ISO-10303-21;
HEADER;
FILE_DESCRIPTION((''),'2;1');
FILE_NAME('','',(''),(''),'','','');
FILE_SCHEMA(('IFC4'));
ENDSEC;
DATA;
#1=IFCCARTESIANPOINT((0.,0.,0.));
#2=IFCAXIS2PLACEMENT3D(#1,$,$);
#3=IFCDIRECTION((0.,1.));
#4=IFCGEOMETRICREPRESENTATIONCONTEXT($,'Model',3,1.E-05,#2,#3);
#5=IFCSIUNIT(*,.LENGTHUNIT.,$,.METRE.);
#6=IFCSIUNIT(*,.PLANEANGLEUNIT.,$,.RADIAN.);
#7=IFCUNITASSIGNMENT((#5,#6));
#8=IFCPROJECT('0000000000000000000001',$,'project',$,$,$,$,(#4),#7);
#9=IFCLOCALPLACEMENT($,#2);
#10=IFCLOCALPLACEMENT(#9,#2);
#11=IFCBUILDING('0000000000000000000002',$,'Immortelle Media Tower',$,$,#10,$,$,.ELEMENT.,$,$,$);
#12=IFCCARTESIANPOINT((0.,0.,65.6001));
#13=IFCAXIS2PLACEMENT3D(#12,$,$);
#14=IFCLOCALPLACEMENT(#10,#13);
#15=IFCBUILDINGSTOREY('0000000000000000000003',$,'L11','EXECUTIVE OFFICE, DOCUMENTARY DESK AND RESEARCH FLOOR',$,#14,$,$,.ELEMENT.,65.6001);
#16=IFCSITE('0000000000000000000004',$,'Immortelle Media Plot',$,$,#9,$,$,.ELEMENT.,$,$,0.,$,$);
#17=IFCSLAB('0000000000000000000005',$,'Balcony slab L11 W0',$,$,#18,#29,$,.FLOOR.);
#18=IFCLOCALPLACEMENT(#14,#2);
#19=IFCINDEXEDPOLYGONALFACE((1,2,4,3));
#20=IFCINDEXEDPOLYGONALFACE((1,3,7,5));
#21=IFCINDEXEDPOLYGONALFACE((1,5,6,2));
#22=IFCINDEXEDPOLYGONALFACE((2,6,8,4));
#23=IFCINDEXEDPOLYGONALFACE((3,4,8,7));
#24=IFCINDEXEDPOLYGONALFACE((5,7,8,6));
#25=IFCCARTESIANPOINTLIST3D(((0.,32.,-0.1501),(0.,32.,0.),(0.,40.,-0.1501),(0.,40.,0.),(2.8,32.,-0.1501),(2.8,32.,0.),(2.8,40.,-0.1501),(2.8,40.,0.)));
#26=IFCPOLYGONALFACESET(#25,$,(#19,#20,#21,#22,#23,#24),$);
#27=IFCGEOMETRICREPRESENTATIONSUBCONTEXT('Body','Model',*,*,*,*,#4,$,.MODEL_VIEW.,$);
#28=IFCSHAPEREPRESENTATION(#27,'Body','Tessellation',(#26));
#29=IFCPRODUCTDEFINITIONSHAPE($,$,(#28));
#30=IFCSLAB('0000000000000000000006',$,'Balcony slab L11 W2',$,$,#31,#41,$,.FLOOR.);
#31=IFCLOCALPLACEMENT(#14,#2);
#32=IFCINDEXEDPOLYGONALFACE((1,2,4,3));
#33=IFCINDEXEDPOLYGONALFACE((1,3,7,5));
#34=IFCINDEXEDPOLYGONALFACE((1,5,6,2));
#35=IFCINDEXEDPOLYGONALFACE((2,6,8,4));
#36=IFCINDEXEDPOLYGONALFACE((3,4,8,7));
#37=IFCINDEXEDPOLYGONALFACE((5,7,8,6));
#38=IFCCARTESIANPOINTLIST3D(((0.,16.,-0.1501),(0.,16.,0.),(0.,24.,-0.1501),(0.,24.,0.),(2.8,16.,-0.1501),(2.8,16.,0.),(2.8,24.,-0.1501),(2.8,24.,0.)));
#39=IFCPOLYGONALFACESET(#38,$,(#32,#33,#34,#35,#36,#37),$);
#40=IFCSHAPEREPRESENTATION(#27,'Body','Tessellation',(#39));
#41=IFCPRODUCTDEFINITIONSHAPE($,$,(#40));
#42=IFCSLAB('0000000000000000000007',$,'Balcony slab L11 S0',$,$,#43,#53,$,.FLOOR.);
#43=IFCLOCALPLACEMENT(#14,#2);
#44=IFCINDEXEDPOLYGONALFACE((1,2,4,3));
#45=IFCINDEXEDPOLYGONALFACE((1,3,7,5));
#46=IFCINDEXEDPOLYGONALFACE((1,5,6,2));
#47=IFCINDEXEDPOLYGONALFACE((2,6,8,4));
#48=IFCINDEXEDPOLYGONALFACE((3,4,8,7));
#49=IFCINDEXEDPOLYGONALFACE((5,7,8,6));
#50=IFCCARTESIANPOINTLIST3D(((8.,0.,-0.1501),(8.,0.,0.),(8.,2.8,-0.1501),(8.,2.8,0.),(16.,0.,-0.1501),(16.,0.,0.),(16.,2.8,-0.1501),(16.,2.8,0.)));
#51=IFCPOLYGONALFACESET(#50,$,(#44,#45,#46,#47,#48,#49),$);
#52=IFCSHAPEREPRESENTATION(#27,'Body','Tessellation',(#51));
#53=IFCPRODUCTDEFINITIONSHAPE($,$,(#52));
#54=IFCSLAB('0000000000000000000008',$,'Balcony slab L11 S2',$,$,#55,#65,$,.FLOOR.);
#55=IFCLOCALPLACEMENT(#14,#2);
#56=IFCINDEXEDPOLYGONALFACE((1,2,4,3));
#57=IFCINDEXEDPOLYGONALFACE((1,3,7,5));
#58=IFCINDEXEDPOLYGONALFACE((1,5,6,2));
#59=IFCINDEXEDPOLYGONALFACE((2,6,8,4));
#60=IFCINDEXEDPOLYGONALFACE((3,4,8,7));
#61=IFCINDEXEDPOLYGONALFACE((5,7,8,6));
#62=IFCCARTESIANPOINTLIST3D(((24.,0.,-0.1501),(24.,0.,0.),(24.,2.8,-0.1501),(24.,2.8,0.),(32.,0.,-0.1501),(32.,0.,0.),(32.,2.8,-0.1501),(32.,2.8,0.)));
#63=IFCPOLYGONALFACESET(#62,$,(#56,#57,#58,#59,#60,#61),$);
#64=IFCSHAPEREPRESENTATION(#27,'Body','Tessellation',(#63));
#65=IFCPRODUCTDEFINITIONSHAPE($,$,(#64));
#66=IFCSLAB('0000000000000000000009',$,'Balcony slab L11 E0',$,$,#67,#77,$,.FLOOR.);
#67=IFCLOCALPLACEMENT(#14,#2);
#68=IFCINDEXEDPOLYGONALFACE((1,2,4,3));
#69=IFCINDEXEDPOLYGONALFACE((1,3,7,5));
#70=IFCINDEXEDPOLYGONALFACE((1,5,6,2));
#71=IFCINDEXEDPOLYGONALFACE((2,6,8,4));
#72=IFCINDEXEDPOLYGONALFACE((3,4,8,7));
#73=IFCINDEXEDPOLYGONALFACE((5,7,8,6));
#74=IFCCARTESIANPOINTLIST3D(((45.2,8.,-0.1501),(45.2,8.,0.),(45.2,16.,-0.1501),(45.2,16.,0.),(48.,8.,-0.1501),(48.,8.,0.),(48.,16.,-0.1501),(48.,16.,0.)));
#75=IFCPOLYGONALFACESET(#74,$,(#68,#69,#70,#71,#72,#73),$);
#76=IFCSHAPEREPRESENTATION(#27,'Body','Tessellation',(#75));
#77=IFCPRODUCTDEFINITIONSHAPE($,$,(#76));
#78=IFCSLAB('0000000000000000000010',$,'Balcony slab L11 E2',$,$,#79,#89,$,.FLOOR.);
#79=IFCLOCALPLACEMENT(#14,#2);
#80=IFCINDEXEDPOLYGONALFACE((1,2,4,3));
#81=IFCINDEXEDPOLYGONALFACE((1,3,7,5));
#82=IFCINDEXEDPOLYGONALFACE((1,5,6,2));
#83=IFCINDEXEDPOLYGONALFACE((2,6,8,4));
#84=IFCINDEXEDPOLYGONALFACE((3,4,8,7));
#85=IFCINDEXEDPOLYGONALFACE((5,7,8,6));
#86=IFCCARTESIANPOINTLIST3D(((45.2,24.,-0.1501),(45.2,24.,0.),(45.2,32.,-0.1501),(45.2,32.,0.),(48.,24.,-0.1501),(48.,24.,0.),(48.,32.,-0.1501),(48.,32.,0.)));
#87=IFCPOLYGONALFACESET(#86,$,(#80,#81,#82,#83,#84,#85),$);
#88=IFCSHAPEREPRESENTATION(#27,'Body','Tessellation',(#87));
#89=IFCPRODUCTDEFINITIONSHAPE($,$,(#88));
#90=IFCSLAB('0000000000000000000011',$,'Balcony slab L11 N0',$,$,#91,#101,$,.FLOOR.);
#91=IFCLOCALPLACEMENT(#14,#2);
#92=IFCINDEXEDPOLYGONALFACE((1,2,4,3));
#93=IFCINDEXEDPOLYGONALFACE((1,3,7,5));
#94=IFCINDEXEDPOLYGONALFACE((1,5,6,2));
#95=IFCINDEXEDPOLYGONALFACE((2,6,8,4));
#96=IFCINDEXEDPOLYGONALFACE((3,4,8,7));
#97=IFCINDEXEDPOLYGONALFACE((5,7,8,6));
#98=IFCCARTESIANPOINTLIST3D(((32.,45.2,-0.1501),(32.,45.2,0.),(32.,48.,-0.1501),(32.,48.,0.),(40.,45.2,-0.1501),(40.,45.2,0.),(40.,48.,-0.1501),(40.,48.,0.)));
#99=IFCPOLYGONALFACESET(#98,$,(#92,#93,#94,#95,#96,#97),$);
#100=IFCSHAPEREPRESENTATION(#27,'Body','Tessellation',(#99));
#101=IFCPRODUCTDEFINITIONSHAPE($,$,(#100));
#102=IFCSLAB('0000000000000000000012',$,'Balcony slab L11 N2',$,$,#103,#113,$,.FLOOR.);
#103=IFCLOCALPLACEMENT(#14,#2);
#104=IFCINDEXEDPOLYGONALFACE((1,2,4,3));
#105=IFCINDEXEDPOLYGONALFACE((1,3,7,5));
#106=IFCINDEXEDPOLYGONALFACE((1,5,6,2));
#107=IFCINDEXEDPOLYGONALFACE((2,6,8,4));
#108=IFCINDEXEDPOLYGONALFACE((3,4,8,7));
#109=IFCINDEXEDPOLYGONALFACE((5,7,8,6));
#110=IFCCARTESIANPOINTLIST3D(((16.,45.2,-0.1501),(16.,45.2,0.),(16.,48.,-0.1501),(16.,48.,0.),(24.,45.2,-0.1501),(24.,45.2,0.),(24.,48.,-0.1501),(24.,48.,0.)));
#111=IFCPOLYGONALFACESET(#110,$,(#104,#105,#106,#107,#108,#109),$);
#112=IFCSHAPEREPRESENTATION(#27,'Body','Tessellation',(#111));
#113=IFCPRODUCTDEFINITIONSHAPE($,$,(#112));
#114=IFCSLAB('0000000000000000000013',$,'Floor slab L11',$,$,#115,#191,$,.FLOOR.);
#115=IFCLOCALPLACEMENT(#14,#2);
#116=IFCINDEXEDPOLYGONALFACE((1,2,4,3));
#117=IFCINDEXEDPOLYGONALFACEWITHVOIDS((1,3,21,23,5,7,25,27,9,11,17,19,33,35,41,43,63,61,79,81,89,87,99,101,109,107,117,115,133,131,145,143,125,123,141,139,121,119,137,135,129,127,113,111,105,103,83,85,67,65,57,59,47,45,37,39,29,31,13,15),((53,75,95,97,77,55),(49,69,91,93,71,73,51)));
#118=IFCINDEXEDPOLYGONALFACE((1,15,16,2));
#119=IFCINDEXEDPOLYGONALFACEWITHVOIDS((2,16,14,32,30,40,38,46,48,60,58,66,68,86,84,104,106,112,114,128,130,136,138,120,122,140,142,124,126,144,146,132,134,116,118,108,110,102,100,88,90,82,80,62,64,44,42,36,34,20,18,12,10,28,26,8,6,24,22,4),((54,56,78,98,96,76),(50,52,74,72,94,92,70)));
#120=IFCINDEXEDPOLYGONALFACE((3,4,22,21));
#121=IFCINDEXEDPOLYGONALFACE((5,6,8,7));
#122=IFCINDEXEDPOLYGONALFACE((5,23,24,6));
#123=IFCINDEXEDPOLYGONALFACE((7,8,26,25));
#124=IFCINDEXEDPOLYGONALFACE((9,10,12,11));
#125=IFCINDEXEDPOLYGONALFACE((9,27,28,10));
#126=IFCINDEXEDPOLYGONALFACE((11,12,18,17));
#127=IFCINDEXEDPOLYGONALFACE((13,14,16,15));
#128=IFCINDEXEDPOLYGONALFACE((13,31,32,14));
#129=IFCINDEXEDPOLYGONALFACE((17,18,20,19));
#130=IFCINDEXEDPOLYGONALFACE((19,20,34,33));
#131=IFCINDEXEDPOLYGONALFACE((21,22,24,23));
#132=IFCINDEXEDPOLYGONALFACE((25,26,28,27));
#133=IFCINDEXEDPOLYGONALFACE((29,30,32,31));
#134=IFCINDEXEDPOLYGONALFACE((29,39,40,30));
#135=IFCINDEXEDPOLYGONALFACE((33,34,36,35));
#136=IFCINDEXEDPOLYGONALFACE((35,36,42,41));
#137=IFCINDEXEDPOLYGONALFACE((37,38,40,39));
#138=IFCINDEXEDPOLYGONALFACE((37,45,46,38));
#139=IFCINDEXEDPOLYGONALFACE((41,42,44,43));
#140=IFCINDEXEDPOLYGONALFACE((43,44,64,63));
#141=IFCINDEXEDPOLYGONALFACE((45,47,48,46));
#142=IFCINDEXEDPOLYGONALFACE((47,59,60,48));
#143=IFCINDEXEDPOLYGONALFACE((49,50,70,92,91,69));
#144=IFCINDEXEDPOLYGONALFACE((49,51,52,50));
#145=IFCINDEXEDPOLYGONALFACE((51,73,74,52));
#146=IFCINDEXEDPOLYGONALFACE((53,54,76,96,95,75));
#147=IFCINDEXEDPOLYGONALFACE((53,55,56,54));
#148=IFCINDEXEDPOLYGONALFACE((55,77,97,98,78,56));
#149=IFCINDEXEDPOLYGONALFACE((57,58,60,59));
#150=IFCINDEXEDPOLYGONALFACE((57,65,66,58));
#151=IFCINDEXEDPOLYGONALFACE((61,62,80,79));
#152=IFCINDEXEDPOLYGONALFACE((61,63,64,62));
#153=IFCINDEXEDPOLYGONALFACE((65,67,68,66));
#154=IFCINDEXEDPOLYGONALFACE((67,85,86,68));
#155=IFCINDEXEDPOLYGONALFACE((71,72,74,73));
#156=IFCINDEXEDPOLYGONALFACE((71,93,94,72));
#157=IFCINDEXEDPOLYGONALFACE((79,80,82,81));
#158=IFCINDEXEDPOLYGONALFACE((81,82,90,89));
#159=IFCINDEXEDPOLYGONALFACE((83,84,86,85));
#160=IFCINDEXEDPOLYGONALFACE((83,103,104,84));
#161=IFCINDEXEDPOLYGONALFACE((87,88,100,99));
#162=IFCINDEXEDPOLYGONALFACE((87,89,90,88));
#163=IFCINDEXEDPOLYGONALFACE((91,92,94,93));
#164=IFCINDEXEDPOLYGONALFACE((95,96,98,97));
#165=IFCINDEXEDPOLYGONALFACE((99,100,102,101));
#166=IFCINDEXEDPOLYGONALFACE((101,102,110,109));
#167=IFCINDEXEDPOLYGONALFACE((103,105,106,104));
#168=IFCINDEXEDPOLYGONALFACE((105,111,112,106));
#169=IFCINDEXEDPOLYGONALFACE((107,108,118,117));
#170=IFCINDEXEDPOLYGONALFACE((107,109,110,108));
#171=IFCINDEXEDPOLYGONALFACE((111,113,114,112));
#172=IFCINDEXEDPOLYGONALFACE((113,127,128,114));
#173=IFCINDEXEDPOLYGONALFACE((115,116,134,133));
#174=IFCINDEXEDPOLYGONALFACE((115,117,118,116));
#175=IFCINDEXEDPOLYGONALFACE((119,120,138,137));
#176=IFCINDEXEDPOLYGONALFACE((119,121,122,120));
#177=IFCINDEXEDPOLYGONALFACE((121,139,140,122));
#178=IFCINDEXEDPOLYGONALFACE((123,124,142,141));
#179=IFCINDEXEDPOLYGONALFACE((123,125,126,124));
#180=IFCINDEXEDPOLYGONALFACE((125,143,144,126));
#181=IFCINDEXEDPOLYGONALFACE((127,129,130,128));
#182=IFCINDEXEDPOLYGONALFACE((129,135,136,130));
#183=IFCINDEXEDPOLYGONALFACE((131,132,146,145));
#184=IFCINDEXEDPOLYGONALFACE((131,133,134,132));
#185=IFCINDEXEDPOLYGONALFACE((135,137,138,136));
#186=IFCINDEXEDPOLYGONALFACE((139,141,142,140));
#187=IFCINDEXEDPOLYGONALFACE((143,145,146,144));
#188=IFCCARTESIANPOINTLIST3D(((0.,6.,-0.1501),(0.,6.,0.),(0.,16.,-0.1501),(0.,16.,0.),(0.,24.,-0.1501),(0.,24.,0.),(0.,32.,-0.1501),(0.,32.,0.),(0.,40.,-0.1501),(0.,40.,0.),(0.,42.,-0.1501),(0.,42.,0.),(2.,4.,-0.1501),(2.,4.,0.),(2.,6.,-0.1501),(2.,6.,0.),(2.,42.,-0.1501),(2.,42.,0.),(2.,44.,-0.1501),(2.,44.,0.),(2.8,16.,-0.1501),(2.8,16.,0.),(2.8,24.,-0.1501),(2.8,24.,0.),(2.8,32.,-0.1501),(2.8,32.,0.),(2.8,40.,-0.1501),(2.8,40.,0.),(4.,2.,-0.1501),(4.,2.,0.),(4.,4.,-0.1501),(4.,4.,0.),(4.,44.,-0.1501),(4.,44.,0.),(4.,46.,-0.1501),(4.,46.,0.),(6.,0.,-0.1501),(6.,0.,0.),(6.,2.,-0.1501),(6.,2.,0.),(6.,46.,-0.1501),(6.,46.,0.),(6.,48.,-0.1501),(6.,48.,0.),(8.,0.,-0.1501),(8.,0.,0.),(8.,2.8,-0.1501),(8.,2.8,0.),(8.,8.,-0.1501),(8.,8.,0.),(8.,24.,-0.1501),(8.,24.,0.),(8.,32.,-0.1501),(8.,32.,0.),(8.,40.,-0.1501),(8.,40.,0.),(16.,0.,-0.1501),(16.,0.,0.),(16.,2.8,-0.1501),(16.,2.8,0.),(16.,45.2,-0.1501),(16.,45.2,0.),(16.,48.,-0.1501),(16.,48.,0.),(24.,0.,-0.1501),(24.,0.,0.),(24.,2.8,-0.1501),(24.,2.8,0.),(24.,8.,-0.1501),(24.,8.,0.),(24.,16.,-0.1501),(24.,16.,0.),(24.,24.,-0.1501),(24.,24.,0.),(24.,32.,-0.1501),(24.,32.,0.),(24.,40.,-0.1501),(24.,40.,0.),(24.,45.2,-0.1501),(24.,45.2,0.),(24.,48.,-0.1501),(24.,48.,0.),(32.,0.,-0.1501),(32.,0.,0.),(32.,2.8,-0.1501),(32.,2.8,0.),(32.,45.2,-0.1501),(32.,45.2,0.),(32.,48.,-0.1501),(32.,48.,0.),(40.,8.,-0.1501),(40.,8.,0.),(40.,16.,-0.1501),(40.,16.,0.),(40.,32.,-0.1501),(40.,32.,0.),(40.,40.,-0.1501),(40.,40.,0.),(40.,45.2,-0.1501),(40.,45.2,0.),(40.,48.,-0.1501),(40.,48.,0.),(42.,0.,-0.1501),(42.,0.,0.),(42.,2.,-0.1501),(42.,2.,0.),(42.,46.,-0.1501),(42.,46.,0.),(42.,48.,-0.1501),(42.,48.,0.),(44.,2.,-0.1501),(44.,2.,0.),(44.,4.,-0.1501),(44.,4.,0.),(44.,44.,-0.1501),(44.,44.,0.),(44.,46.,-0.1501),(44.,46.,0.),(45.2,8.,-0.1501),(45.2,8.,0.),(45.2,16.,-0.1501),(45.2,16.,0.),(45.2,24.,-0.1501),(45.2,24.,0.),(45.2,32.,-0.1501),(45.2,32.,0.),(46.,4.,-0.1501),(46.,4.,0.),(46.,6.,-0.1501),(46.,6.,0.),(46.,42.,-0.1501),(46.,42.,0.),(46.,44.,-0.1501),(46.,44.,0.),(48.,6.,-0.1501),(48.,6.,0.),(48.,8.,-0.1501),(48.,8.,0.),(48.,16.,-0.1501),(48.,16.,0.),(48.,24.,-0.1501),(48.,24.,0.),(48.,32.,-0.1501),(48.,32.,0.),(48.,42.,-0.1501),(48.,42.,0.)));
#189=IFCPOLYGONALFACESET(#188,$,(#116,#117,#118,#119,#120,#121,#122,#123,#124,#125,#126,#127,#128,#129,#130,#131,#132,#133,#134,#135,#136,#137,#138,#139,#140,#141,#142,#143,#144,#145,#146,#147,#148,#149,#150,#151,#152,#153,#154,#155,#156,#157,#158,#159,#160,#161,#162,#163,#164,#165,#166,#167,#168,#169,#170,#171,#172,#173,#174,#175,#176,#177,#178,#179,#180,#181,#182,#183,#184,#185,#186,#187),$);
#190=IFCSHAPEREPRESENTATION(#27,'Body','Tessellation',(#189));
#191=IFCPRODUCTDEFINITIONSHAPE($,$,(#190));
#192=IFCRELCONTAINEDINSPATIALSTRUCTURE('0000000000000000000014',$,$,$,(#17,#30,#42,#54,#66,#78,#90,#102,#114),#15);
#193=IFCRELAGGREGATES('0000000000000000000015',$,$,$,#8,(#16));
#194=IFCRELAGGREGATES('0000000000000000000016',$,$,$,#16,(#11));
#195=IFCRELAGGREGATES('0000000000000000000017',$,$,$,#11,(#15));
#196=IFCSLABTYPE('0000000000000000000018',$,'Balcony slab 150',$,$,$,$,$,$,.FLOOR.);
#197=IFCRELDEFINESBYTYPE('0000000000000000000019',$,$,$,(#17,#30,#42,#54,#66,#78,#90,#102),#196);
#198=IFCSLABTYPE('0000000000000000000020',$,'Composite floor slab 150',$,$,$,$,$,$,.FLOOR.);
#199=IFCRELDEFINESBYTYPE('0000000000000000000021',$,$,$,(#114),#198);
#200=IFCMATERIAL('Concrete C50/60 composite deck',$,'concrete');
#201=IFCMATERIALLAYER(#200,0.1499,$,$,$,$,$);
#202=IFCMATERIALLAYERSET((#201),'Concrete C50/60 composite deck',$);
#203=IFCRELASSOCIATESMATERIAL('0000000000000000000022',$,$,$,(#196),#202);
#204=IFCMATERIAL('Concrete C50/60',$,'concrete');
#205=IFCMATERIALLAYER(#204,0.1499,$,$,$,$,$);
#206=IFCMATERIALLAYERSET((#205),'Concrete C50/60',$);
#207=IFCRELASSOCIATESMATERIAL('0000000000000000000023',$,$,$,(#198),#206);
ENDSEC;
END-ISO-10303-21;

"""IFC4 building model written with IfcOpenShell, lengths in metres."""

from ifc_helpers import new_model, si_unit, direction, frame, origin, place, context, subcontext, project, spatial, polyline, outline, extrude, material, layer, layer_set, type_object, element, save


model = new_model("IFC4")

# Units and contexts
model_context = context("Model", 3, precision=1e-05, world=origin(), true_north=direction((0.0, 1.0)))
body_context = subcontext(model_context, "Body", "Model", "MODEL_VIEW")
ifc_project = project(units=[si_unit("LENGTHUNIT", "METRE"), si_unit("PLANEANGLEUNIT", "RADIAN")], contexts=[model_context])

# Site, building, storey
site_placement = place(None, origin())
site = spatial("IfcSite", under=ifc_project, at=site_placement, Name="Immortelle Media Plot", CompositionType="ELEMENT", RefElevation=0.0)
building_placement = place(site_placement, origin())
building = spatial("IfcBuilding", under=site, at=building_placement, Name="Immortelle Media Tower", CompositionType="ELEMENT")
storey_placement = place(building_placement, frame((0.0, 0.0, 65.6001)))
storey = spatial("IfcBuildingStorey", under=building, at=storey_placement, Name="L11", Description="EXECUTIVE OFFICE, DOCUMENTARY DESK AND RESEARCH FLOOR", CompositionType="ELEMENT", Elevation=65.6001)

# Slabs
ifc_material_1 = material(Name="Concrete C50/60 composite deck", Category="concrete")
ifc_layer_1 = layer(ifc_material_1, 0.1499)
ifc_layer_set_1 = layer_set([ifc_layer_1], Name="Concrete C50/60 composite deck")
slab_type_1 = type_object("IfcSlabType", Name="Balcony slab 150", PredefinedType="FLOOR", material=ifc_layer_set_1)
slab_1_placement = place(storey_placement, frame((0.0, 0.0, -0.1501)))
element("IfcSlab", 1, at=slab_1_placement, inside=storey, type_object=slab_type_1, Name="Balcony slab L11 W0", PredefinedType="FLOOR", context=body_context, shape_type="SweptSolid", body=[
    extrude(outline(polyline([(2.8, 32.0), (2.8, 40.0), (0.0, 40.0), (0.0, 32.0), (2.8, 32.0)])), origin(), (0.0, 0.0, 1.0), 0.1501),
])
slab_2_placement = place(storey_placement, frame((0.0, 0.0, -0.1501)))
element("IfcSlab", 2, at=slab_2_placement, inside=storey, type_object=slab_type_1, Name="Balcony slab L11 W2", PredefinedType="FLOOR", context=body_context, shape_type="SweptSolid", body=[
    extrude(outline(polyline([(2.8, 16.0), (2.8, 24.0), (0.0, 24.0), (0.0, 16.0), (2.8, 16.0)])), origin(), (0.0, 0.0, 1.0), 0.1501),
])
slab_3_placement = place(storey_placement, frame((0.0, 0.0, -0.1501)))
element("IfcSlab", 3, at=slab_3_placement, inside=storey, type_object=slab_type_1, Name="Balcony slab L11 S0", PredefinedType="FLOOR", context=body_context, shape_type="SweptSolid", body=[
    extrude(outline(polyline([(16.0, 0.0), (16.0, 2.8), (8.0, 2.8), (8.0, 0.0), (16.0, 0.0)])), origin(), (0.0, 0.0, 1.0), 0.1501),
])
slab_4_placement = place(storey_placement, frame((0.0, 0.0, -0.1501)))
element("IfcSlab", 4, at=slab_4_placement, inside=storey, type_object=slab_type_1, Name="Balcony slab L11 S2", PredefinedType="FLOOR", context=body_context, shape_type="SweptSolid", body=[
    extrude(outline(polyline([(32.0, 0.0), (32.0, 2.8), (24.0, 2.8), (24.0, 0.0), (32.0, 0.0)])), origin(), (0.0, 0.0, 1.0), 0.1501),
])
slab_5_placement = place(storey_placement, frame((0.0, 0.0, -0.1501)))
element("IfcSlab", 5, at=slab_5_placement, inside=storey, type_object=slab_type_1, Name="Balcony slab L11 E0", PredefinedType="FLOOR", context=body_context, shape_type="SweptSolid", body=[
    extrude(outline(polyline([(48.0, 8.0), (48.0, 16.0), (45.2, 16.0), (45.2, 8.0), (48.0, 8.0)])), origin(), (0.0, 0.0, 1.0), 0.1501),
])
slab_6_placement = place(storey_placement, frame((0.0, 0.0, -0.1501)))
element("IfcSlab", 6, at=slab_6_placement, inside=storey, type_object=slab_type_1, Name="Balcony slab L11 E2", PredefinedType="FLOOR", context=body_context, shape_type="SweptSolid", body=[
    extrude(outline(polyline([(48.0, 24.0), (48.0, 32.0), (45.2, 32.0), (45.2, 24.0), (48.0, 24.0)])), origin(), (0.0, 0.0, 1.0), 0.1501),
])
slab_7_placement = place(storey_placement, frame((0.0, 0.0, -0.1501)))
element("IfcSlab", 7, at=slab_7_placement, inside=storey, type_object=slab_type_1, Name="Balcony slab L11 N0", PredefinedType="FLOOR", context=body_context, shape_type="SweptSolid", body=[
    extrude(outline(polyline([(40.0, 45.2), (40.0, 48.0), (32.0, 48.0), (32.0, 45.2), (40.0, 45.2)])), origin(), (0.0, 0.0, 1.0), 0.1501),
])
slab_8_placement = place(storey_placement, frame((0.0, 0.0, -0.1501)))
element("IfcSlab", 8, at=slab_8_placement, inside=storey, type_object=slab_type_1, Name="Balcony slab L11 N2", PredefinedType="FLOOR", context=body_context, shape_type="SweptSolid", body=[
    extrude(outline(polyline([(24.0, 45.2), (24.0, 48.0), (16.0, 48.0), (16.0, 45.2), (24.0, 45.2)])), origin(), (0.0, 0.0, 1.0), 0.1501),
])
ifc_material_2 = material(Name="Concrete C50/60", Category="concrete")
ifc_layer_2 = layer(ifc_material_2, 0.1499)
ifc_layer_set_2 = layer_set([ifc_layer_2], Name="Concrete C50/60")
slab_type_2 = type_object("IfcSlabType", Name="Composite floor slab 150", PredefinedType="FLOOR", material=ifc_layer_set_2)
slab_9_placement = place(storey_placement, frame((0.0, 0.0, -0.1501)))
element("IfcSlab", 9, at=slab_9_placement, inside=storey, type_object=slab_type_2, Name="Floor slab L11", PredefinedType="FLOOR", context=body_context, shape_type="SweptSolid", body=[
    extrude(outline(polyline([(6.0, 0.0), (6.0, 2.0), (4.0, 2.0), (4.0, 4.0), (2.0, 4.0), (2.0, 6.0), (0.0, 6.0), (0.0, 16.0), (2.8, 16.0), (2.8, 24.0), (0.0, 24.0), (0.0, 32.0), (2.8, 32.0), (2.8, 40.0), (0.0, 40.0), (0.0, 42.0), (2.0, 42.0), (2.0, 44.0), (4.0, 44.0), (4.0, 46.0), (6.0, 46.0), (6.0, 48.0), (16.0, 48.0), (16.0, 45.2), (24.0, 45.2), (24.0, 48.0), (32.0, 48.0), (32.0, 45.2), (40.0, 45.2), (40.0, 48.0), (42.0, 48.0), (42.0, 46.0), (44.0, 46.0), (44.0, 44.0), (46.0, 44.0), (46.0, 42.0), (48.0, 42.0), (48.0, 32.0), (45.2, 32.0), (45.2, 24.0), (48.0, 24.0), (48.0, 16.0), (45.2, 16.0), (45.2, 8.0), (48.0, 8.0), (48.0, 6.0), (46.0, 6.0), (46.0, 4.0), (44.0, 4.0), (44.0, 2.0), (42.0, 2.0), (42.0, 0.0), (32.0, 0.0), (32.0, 2.8), (24.0, 2.8), (24.0, 0.0), (16.0, 0.0), (16.0, 2.8), (8.0, 2.8), (8.0, 0.0), (6.0, 0.0)]), holes=[polyline([(24.0, 24.0), (8.0, 24.0), (8.0, 8.0), (24.0, 8.0), (40.0, 8.0), (40.0, 16.0), (24.0, 16.0), (24.0, 24.0)]), polyline([(24.0, 32.0), (40.0, 32.0), (40.0, 40.0), (24.0, 40.0), (8.0, 40.0), (8.0, 32.0), (24.0, 32.0)])]), origin(), (0.0, 0.0, 1.0), 0.1501),
])

save(model, "model.ifc")
